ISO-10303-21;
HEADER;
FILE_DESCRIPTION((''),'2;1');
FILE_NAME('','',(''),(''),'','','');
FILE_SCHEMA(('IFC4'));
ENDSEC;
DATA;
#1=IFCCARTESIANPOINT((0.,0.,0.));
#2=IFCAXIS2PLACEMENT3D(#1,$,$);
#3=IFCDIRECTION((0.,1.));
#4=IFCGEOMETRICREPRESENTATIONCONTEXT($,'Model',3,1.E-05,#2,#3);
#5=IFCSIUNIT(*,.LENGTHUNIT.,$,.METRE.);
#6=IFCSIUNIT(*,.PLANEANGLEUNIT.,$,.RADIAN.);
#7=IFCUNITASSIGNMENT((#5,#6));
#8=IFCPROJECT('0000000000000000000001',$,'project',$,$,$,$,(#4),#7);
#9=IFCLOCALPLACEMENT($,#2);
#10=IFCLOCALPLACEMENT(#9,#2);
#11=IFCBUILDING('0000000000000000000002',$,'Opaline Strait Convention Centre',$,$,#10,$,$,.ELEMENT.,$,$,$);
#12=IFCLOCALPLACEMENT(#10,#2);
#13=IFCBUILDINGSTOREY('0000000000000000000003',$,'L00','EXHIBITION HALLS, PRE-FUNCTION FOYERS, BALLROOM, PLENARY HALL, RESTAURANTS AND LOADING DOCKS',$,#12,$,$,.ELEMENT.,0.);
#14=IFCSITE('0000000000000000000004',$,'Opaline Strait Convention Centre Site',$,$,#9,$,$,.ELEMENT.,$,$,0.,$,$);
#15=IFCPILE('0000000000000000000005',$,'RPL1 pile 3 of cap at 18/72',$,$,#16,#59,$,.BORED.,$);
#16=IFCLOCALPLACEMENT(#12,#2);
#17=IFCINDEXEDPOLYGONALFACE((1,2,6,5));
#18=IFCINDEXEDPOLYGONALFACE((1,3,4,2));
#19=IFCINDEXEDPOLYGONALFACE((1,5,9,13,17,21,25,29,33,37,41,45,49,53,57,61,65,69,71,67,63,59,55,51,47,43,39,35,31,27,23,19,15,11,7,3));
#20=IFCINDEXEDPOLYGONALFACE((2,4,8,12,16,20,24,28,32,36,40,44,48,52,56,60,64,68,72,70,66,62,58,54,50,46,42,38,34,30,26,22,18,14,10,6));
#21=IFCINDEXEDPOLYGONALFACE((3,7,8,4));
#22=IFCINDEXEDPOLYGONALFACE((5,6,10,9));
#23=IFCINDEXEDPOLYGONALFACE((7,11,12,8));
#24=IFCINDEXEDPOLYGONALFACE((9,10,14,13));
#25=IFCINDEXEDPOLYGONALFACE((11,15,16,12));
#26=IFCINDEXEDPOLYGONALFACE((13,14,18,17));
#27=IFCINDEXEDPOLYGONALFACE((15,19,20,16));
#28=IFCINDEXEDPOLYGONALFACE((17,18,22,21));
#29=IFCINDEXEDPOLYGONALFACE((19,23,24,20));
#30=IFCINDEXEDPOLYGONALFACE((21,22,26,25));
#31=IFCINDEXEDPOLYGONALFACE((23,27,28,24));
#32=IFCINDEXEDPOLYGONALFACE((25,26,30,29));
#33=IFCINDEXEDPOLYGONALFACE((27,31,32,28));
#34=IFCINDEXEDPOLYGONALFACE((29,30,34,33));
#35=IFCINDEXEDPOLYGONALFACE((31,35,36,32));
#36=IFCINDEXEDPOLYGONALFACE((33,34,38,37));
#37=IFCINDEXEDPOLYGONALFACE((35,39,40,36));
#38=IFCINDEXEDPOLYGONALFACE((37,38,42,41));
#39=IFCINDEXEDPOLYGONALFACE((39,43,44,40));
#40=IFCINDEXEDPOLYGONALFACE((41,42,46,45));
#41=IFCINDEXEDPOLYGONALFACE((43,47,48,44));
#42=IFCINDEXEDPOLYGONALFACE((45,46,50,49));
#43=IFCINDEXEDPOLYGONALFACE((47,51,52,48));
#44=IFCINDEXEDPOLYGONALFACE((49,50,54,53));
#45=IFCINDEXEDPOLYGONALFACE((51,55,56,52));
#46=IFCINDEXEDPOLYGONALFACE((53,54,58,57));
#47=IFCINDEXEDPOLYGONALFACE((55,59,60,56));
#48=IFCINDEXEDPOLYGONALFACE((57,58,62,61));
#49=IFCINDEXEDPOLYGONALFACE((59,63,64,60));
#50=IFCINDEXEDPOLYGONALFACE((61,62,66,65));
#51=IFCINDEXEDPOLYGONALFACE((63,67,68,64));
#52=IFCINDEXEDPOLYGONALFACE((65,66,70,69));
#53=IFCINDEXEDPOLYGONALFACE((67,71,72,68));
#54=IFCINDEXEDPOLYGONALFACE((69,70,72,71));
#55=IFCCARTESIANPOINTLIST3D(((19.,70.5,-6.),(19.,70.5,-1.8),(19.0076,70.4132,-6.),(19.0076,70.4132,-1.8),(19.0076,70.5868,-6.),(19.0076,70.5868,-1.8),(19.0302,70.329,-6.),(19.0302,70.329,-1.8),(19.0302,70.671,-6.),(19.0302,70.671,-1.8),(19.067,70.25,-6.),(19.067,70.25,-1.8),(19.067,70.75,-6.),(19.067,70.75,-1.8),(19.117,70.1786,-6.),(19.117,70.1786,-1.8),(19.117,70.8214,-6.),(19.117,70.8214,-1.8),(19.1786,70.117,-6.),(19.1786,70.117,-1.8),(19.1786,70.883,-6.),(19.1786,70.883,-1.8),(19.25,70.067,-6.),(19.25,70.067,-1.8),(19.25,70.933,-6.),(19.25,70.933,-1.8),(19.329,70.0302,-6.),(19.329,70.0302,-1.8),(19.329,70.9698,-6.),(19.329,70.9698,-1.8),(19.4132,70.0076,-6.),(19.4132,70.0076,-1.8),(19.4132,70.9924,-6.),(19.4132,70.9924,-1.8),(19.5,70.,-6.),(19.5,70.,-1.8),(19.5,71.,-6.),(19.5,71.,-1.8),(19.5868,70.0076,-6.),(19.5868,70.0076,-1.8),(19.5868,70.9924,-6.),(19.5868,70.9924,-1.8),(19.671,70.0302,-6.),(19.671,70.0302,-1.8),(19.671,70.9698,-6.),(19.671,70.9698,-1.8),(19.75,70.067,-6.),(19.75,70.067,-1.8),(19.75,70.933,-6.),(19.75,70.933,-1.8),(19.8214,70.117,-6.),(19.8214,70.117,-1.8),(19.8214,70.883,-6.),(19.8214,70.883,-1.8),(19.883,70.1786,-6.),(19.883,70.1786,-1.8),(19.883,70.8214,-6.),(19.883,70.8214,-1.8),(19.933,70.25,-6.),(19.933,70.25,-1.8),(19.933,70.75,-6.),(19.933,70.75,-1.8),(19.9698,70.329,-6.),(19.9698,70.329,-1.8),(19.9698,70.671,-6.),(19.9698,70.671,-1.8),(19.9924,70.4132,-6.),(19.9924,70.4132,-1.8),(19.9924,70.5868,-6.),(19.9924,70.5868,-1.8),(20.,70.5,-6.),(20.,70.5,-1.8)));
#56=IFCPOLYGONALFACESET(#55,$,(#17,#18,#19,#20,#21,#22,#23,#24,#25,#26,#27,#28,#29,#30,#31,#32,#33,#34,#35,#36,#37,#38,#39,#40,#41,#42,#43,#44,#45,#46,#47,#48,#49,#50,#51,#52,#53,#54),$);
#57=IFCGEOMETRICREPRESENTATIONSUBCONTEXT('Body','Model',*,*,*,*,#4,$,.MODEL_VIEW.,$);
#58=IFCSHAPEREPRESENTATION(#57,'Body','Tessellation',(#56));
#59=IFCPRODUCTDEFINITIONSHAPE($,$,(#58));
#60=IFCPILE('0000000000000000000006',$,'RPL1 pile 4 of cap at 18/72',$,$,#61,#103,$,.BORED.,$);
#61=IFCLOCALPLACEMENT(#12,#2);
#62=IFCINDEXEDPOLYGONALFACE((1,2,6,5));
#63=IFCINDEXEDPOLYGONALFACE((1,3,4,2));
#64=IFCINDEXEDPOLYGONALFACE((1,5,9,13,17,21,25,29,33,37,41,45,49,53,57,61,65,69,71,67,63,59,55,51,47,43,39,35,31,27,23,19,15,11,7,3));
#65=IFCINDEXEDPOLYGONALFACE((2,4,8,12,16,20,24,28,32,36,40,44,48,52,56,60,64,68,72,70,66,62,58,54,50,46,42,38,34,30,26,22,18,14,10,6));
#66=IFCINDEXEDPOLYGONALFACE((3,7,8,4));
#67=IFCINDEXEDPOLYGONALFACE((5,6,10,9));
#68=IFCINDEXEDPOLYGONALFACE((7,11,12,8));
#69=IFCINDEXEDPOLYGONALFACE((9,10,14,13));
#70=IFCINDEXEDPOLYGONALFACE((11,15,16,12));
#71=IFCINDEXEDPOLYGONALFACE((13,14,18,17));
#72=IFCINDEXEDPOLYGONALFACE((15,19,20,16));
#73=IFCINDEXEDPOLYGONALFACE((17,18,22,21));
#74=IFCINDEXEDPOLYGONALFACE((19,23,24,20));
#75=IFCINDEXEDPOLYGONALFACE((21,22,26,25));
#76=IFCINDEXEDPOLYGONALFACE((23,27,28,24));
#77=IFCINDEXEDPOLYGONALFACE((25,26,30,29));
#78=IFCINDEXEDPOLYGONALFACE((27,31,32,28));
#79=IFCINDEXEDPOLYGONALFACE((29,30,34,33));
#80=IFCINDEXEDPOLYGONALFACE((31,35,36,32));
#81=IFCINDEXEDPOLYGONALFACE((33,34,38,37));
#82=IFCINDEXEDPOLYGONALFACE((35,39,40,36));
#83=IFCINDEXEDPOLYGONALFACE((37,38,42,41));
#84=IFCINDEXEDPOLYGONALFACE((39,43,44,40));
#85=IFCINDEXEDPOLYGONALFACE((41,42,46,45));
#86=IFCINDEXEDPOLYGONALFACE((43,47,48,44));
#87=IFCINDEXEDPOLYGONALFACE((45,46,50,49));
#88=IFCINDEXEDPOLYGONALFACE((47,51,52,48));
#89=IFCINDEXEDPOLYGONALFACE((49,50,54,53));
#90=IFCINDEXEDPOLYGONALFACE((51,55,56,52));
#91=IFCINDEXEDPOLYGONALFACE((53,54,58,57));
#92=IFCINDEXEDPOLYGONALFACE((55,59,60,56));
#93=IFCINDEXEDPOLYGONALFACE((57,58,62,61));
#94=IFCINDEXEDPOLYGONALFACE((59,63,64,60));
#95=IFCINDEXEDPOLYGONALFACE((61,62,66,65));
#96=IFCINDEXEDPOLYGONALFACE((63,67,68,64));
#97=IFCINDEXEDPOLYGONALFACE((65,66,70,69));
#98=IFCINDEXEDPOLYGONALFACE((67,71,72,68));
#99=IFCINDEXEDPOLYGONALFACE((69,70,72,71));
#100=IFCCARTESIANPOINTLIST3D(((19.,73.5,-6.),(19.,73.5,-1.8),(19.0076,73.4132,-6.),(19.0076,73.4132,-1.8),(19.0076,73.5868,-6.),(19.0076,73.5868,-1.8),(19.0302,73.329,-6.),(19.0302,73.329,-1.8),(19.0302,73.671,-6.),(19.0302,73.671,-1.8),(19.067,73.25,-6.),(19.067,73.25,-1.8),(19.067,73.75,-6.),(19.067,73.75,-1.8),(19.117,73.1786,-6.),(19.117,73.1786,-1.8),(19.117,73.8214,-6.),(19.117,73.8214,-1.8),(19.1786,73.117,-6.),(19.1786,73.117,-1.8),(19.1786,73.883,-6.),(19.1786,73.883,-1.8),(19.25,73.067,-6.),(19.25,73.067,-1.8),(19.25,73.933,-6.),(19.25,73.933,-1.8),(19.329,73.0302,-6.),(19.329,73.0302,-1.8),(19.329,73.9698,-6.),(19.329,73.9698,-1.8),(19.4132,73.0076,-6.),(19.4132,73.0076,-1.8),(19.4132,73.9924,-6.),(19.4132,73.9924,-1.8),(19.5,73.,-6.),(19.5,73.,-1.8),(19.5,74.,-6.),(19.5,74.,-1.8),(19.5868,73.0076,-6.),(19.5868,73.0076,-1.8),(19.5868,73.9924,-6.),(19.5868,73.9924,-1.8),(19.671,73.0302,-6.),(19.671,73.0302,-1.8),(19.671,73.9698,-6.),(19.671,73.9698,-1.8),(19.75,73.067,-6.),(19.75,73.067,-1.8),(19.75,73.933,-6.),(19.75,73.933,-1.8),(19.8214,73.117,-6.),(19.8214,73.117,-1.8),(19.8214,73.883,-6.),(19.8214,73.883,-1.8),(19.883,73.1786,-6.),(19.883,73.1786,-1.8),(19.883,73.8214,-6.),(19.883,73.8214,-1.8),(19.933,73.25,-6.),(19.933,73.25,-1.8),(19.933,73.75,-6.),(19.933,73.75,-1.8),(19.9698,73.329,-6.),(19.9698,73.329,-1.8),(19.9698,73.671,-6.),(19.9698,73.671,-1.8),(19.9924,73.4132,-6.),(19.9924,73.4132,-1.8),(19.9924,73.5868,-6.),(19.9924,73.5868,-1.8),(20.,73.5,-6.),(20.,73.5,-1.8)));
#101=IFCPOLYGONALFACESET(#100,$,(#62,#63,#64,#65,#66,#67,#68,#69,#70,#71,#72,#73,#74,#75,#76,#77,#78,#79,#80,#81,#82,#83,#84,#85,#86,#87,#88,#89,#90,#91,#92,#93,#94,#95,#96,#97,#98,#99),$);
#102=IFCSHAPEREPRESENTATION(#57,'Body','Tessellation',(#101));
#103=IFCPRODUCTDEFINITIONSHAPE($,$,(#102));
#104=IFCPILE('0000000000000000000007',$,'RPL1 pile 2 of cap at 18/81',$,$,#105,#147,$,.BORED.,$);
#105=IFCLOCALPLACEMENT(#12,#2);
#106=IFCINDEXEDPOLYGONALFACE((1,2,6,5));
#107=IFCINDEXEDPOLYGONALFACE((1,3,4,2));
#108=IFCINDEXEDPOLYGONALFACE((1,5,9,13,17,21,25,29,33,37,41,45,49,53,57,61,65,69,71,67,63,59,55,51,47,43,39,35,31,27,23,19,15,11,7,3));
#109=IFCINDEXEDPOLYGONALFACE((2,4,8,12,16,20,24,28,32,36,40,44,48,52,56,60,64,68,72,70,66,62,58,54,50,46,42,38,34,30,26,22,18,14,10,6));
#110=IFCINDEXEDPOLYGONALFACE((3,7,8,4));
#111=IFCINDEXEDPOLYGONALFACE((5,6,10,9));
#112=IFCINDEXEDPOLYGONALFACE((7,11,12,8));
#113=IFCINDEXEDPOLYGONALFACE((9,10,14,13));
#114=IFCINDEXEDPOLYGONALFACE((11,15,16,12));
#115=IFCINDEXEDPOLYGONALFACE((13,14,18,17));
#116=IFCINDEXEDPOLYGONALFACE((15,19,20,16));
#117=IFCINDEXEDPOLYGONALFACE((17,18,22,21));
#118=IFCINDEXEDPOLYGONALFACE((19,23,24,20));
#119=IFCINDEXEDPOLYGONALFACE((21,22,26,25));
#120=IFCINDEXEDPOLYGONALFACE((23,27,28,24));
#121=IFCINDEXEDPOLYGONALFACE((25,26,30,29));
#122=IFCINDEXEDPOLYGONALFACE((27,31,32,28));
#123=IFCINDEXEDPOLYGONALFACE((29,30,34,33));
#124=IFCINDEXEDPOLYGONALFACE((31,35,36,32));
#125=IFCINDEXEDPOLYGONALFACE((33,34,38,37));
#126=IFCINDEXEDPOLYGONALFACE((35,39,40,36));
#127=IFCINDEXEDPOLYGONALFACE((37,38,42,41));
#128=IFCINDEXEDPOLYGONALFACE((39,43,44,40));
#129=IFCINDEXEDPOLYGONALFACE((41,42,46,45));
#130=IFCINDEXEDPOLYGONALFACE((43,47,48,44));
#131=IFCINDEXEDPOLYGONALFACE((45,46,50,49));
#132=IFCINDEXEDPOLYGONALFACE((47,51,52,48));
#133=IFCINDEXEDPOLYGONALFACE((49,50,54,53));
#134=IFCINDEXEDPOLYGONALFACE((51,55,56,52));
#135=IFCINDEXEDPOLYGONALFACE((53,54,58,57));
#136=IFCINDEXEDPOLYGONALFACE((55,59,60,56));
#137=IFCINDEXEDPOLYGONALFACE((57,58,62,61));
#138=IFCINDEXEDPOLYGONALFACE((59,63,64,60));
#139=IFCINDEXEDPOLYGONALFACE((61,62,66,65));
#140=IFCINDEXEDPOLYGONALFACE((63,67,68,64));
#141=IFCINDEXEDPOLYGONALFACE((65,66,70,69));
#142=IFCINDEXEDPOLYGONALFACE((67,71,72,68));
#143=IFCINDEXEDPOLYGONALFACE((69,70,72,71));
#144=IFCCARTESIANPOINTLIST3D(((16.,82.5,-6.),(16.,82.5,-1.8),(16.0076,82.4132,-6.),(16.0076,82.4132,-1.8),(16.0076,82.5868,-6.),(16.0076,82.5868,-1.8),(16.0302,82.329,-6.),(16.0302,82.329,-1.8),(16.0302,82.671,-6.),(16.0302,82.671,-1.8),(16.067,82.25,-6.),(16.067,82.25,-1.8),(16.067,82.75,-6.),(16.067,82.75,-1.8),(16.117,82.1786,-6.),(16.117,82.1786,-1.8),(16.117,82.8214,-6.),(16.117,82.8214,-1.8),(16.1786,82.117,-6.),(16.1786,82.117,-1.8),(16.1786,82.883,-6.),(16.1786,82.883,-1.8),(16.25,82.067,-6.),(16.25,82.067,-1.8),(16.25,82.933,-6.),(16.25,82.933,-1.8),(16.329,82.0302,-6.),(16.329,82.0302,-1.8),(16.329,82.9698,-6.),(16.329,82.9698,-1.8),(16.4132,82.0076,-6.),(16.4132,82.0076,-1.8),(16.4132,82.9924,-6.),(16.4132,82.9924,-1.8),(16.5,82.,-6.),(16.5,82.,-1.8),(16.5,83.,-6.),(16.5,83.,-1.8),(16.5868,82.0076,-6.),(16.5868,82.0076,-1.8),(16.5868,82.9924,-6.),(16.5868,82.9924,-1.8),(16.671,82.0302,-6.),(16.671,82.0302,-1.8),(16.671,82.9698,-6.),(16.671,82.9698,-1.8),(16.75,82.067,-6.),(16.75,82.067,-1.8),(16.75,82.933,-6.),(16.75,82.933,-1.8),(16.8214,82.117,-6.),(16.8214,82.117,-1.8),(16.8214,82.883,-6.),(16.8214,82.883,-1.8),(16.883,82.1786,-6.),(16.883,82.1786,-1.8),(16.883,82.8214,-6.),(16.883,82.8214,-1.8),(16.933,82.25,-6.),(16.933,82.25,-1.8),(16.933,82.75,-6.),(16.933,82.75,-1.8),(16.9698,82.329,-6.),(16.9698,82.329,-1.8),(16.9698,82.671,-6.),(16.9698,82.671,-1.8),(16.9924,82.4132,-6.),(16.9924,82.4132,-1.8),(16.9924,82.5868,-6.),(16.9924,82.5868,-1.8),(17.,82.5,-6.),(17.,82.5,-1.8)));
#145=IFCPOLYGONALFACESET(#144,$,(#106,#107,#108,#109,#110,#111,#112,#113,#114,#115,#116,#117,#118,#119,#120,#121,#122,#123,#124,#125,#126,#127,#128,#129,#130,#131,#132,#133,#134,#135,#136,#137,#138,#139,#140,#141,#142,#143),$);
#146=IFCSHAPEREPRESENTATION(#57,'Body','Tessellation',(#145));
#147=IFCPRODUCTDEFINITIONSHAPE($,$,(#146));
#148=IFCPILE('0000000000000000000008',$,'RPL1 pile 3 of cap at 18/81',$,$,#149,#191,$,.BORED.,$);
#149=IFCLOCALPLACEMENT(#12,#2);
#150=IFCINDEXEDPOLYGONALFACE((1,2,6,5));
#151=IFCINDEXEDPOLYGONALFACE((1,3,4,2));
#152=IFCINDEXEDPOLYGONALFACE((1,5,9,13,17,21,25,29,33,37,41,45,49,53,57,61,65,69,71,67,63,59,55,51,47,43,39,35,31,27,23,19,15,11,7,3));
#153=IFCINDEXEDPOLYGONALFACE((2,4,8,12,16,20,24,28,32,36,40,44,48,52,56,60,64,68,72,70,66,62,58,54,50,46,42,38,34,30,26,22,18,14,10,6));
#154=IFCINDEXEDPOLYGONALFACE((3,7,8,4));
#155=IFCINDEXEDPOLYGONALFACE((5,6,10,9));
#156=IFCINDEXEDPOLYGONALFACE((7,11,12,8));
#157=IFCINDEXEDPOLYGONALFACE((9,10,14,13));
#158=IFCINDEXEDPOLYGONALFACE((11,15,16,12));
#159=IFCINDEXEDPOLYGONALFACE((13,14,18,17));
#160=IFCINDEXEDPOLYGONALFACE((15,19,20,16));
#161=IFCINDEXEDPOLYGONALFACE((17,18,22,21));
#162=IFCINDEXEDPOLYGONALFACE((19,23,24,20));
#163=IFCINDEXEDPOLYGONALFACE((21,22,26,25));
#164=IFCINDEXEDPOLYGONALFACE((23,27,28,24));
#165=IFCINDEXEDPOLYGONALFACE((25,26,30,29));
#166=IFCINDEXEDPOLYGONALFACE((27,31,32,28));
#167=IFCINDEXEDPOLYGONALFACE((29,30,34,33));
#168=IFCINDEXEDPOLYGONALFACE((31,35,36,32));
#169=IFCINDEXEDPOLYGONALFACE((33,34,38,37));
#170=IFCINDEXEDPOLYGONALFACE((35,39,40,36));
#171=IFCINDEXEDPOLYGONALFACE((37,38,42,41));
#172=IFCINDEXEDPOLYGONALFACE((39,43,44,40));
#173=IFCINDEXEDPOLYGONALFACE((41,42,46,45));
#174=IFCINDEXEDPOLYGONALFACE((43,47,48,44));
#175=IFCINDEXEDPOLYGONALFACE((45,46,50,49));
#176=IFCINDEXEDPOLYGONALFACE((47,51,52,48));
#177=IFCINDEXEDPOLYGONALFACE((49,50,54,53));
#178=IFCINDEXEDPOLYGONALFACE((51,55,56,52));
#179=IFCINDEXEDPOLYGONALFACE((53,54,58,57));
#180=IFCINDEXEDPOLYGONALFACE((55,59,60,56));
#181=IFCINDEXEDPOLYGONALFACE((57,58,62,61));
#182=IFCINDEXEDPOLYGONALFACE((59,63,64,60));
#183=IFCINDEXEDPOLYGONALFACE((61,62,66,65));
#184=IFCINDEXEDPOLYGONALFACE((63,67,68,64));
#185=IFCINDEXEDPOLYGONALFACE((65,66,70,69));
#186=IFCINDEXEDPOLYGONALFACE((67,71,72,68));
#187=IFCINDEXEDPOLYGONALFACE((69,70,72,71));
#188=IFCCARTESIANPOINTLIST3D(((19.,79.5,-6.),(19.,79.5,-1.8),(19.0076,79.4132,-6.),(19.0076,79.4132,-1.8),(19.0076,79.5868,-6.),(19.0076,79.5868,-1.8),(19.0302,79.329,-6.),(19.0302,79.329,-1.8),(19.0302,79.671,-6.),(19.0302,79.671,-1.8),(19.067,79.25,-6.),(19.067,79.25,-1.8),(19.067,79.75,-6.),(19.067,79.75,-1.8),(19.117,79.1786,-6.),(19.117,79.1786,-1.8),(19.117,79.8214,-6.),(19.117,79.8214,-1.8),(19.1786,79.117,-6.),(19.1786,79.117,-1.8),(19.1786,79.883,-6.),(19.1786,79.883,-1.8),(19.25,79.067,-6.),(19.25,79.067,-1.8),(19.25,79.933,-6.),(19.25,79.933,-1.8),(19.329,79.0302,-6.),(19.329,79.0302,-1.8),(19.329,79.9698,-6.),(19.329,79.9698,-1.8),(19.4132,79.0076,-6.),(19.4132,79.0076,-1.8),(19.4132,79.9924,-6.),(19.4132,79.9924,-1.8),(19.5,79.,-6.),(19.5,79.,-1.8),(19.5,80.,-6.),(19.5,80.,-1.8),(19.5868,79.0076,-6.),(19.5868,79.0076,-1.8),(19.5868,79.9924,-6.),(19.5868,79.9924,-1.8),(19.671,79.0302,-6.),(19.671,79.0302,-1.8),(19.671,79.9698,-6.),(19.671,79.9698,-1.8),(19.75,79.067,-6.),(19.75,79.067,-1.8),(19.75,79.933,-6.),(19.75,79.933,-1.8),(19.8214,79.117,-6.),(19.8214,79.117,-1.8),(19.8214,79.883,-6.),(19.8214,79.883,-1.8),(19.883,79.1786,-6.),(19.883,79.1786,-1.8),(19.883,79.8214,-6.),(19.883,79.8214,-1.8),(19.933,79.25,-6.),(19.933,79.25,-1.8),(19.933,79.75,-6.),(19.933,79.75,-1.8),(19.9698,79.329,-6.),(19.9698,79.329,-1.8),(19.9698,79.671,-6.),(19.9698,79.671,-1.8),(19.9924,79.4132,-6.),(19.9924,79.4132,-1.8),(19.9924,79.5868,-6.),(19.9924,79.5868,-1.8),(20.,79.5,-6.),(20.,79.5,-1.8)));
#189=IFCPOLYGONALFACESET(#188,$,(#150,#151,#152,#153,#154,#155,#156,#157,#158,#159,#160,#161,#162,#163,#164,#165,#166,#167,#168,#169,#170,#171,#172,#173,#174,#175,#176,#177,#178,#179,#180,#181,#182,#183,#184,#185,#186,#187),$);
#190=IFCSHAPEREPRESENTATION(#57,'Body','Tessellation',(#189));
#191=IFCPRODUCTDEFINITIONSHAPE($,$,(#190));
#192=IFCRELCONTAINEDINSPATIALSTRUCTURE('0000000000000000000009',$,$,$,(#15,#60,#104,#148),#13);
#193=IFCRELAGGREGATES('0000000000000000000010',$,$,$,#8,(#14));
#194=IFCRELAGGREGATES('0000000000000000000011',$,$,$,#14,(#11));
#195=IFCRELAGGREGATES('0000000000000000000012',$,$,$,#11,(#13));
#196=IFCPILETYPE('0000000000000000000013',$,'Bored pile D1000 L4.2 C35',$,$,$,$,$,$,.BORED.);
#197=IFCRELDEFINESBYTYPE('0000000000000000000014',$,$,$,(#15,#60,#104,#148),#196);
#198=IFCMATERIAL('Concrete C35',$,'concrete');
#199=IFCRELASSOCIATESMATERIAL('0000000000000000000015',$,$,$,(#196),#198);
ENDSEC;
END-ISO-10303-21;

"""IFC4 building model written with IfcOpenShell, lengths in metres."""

from ifc_helpers import new_model, si_unit, direction, frame, origin, origin_2d, place, context, subcontext, project, spatial, circle, extrude, material, material_profile, profile_set, type_object, element, save


model = new_model("IFC4")

# Units and contexts
model_context = context("Model", 3, precision=1e-05, world=origin(), true_north=direction((0.0, 1.0)))
body_context = subcontext(model_context, "Body", "Model", "MODEL_VIEW")
ifc_project = project(units=[si_unit("LENGTHUNIT", "METRE"), si_unit("PLANEANGLEUNIT", "RADIAN")], contexts=[model_context])

# Site, building, storey
site_placement = place(None, origin())
site = spatial("IfcSite", under=ifc_project, at=site_placement, Name="Opaline Strait Convention Centre Site", CompositionType="ELEMENT", RefElevation=0.0)
building_placement = place(site_placement, origin())
building = spatial("IfcBuilding", under=site, at=building_placement, Name="Opaline Strait Convention Centre", CompositionType="ELEMENT")
storey_placement = place(building_placement, origin())
storey = spatial("IfcBuildingStorey", under=building, at=storey_placement, Name="L00", Description="EXHIBITION HALLS, PRE-FUNCTION FOYERS, BALLROOM, PLENARY HALL, RESTAURANTS AND LOADING DOCKS", CompositionType="ELEMENT", Elevation=0.0)

# Piles
ifc_material_1 = material(Name="Concrete C35", Category="concrete")
ifc_material_profile_1 = material_profile(ifc_material_1, circle(Radius=0.5, at=origin_2d()), Name="D1000")
ifc_profile_set_1 = profile_set([ifc_material_profile_1], Name="Concrete C35")
pile_type = type_object("IfcPileType", Name="Bored pile D1000 L4.2 C35", PredefinedType="BORED", material=ifc_profile_set_1)
for number, where, z_axis, x_axis, name in (
    (1, (19.5, 70.5, -1.8), (0.0, 0.0, -1.0), (1.0, 0.0, 0.0), "RPL1 pile 3 of cap at 18/72"),
    (2, (19.5, 73.5, -1.8), (0.0, 0.0, -1.0), (1.0, 0.0, 0.0), "RPL1 pile 4 of cap at 18/72"),
    (3, (16.5, 82.5, -1.8), (0.0, 0.0, -1.0), (1.0, 0.0, 0.0), "RPL1 pile 2 of cap at 18/81"),
    (4, (19.5, 79.5, -1.8), (0.0, 0.0, -1.0), (1.0, 0.0, 0.0), "RPL1 pile 3 of cap at 18/81"),
):
    element("IfcPile", number, at=place(storey_placement, frame(where, z_axis=z_axis, x_axis=x_axis)), inside=storey, type_object=pile_type, Name=name, PredefinedType="BORED", context=body_context, shape_type="SweptSolid", body=[
        extrude(circle(Radius=0.5, at=origin_2d()), origin(), (0.0, 0.0, 1.0), 4.2),
    ])

save(model, "model.ifc")
